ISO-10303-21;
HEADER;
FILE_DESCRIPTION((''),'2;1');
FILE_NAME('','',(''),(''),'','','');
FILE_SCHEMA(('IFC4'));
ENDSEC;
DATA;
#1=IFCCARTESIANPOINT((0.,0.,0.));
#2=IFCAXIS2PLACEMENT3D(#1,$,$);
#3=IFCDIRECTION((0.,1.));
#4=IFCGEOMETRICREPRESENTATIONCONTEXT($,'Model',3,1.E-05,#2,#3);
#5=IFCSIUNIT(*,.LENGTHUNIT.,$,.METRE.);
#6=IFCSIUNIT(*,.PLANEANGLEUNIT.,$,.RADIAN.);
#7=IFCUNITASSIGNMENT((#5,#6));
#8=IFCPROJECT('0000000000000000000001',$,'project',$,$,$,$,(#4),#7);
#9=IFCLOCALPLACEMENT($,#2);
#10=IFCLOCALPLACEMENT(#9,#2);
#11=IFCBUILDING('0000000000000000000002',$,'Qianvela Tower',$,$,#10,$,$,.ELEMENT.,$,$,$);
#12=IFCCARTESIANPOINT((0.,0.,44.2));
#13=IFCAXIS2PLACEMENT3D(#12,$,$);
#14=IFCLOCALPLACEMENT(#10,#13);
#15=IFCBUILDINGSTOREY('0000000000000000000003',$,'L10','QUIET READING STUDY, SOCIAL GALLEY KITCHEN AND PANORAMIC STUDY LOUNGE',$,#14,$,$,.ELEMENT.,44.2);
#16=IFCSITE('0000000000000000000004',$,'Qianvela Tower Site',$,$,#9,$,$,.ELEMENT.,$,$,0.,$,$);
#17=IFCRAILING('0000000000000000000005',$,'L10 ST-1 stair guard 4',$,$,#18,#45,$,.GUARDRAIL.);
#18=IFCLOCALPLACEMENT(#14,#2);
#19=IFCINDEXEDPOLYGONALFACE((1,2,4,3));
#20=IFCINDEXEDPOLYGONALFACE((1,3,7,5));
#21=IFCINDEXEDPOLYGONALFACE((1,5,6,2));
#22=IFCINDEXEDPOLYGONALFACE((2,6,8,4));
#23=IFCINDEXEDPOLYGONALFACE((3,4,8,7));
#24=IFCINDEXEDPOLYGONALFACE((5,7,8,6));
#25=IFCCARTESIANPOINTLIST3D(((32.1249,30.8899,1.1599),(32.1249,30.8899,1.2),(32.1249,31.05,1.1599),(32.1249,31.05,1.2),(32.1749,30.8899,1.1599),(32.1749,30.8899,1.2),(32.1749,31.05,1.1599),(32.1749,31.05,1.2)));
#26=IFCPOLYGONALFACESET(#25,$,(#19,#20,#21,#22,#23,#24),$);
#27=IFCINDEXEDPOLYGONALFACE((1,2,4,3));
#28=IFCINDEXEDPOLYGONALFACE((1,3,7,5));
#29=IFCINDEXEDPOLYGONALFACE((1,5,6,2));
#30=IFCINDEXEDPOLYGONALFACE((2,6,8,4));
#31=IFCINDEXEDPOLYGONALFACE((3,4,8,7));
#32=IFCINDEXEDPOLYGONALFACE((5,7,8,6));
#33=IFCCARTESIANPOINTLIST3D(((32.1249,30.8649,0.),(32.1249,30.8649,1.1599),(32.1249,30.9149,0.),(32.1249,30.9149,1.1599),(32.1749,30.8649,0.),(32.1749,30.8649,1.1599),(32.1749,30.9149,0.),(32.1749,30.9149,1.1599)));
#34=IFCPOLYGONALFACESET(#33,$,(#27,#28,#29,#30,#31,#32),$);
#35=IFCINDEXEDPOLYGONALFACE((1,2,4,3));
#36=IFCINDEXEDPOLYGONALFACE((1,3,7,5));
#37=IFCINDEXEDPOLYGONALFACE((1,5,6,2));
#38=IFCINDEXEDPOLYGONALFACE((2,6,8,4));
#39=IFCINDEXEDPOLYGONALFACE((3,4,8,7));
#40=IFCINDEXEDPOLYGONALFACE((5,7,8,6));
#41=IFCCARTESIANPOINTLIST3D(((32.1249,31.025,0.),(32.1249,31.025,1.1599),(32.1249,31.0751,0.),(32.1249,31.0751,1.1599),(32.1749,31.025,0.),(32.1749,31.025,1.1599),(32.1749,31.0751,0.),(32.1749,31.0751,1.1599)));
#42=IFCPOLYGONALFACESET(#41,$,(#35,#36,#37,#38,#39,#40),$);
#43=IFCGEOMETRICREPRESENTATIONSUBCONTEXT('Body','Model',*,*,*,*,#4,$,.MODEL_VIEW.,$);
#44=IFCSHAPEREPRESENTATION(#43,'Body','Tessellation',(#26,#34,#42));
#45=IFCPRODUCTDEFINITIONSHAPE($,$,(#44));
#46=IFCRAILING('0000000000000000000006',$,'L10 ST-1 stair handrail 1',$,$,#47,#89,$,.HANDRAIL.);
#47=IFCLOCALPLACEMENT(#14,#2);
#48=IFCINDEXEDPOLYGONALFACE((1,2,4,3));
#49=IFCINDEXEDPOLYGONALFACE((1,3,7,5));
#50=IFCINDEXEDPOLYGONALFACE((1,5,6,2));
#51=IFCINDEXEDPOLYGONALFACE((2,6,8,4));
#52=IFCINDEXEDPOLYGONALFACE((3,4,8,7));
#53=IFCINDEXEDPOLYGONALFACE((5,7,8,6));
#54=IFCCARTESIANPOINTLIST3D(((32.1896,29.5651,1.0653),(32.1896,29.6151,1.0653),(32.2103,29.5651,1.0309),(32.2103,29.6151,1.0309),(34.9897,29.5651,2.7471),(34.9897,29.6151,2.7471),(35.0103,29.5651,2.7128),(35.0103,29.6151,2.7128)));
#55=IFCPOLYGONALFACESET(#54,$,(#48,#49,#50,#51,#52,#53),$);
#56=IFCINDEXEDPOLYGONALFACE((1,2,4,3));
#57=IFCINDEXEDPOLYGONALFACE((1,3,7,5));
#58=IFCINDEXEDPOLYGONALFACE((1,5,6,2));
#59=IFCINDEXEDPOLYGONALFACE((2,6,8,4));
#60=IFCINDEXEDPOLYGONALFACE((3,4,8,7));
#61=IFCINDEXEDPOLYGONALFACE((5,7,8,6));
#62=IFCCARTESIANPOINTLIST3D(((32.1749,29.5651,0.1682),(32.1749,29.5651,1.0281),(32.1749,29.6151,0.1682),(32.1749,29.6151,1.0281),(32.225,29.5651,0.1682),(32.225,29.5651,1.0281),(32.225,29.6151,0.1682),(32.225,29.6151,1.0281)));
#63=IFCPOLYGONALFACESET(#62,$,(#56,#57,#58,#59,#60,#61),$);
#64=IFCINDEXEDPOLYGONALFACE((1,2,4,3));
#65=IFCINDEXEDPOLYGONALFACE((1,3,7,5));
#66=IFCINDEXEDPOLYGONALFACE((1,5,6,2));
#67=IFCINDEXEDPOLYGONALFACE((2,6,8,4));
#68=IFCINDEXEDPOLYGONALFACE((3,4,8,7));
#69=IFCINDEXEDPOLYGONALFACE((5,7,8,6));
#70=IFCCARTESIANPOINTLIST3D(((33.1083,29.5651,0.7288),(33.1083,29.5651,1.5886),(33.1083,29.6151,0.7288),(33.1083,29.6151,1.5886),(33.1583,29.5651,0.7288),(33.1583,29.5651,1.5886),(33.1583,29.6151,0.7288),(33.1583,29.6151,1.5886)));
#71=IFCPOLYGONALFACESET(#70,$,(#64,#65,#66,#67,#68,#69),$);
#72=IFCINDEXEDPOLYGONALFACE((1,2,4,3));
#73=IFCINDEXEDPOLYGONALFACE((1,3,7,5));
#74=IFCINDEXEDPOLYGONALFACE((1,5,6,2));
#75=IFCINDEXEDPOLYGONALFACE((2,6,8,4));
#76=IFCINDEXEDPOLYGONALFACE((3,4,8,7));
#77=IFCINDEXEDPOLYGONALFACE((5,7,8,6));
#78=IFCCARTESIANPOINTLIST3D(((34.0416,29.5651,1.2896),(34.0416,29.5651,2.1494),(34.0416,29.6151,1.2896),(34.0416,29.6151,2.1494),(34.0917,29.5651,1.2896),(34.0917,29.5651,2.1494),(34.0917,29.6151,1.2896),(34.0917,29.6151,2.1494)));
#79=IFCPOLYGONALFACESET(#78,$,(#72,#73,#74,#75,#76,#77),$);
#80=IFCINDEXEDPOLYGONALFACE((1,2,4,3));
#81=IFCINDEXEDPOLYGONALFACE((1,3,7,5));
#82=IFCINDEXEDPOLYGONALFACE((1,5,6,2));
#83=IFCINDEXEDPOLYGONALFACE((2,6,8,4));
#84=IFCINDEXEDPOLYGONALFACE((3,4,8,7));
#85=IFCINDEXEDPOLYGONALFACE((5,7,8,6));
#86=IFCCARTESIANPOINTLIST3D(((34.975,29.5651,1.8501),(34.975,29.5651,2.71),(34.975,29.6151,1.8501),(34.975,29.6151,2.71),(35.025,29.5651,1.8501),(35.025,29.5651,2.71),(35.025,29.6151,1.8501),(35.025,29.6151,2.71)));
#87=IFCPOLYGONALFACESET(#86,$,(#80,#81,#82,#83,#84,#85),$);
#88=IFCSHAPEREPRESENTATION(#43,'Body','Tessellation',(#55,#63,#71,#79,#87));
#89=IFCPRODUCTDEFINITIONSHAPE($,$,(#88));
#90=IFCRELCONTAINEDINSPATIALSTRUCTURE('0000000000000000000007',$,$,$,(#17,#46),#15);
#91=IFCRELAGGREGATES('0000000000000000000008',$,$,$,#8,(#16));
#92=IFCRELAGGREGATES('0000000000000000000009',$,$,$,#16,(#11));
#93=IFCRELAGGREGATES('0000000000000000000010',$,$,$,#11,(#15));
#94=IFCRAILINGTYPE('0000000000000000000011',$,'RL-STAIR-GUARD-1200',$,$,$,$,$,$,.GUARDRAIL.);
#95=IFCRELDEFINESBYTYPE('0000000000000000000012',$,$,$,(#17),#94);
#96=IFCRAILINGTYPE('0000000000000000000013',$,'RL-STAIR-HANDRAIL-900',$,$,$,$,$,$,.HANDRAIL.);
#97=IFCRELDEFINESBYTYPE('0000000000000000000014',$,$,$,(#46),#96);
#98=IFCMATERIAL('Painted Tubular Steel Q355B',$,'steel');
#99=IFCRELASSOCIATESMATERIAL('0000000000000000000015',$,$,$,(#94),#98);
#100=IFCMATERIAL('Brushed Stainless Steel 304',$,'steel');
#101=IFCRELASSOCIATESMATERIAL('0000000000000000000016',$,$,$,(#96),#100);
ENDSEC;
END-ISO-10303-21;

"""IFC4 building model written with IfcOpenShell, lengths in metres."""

from ifc_helpers import new_model, si_unit, direction, frame, origin, origin_2d, place, context, subcontext, project, spatial, rectangle, extrude, material, type_object, element, save


model = new_model("IFC4")

# Units and contexts
model_context = context("Model", 3, precision=1e-05, world=origin(), true_north=direction((0.0, 1.0)))
body_context = subcontext(model_context, "Body", "Model", "MODEL_VIEW")
ifc_project = project(units=[si_unit("LENGTHUNIT", "METRE"), si_unit("PLANEANGLEUNIT", "RADIAN")], contexts=[model_context])

# Site, building, storey
site_placement = place(None, origin())
site = spatial("IfcSite", under=ifc_project, at=site_placement, Name="Qianvela Tower Site", CompositionType="ELEMENT", RefElevation=0.0)
building_placement = place(site_placement, origin())
building = spatial("IfcBuilding", under=site, at=building_placement, Name="Qianvela Tower", CompositionType="ELEMENT")
storey_placement = place(building_placement, frame((0.0, 0.0, 44.2)))
storey = spatial("IfcBuildingStorey", under=building, at=storey_placement, Name="L10", Description="QUIET READING STUDY, SOCIAL GALLEY KITCHEN AND PANORAMIC STUDY LOUNGE", CompositionType="ELEMENT", Elevation=44.2)

# Railings
ifc_material_1 = material(Name="Painted Tubular Steel Q355B", Category="steel")
railing_type_1 = type_object("IfcRailingType", Name="RL-STAIR-GUARD-1200", PredefinedType="GUARDRAIL", material=ifc_material_1)
railing_1_placement = place(storey_placement, frame((32.1499, 30.8899, 0.0)))
element("IfcRailing", 1, at=railing_1_placement, inside=storey, type_object=railing_type_1, Name="L10 ST-1 stair guard 4", PredefinedType="GUARDRAIL", context=body_context, shape_type="SweptSolid", body=[
    extrude(rectangle(XDim=0.05, YDim=0.04, at=origin_2d()), frame((0.0, 0.0, 1.1799), z_axis=(0.0, 1.0, 0.0), x_axis=(-1.0, 0.0, 0.0)), (0.0, 0.0, 1.0), 0.1602),
    extrude(rectangle(XDim=0.05, YDim=0.05, at=origin_2d()), origin(), (0.0, 0.0, 1.0), 1.1599),
    extrude(rectangle(XDim=0.05, YDim=0.05, at=origin_2d()), frame((0.0, 0.1602, 0.0)), (0.0, 0.0, 1.0), 1.1599),
])
ifc_material_2 = material(Name="Brushed Stainless Steel 304", Category="steel")
railing_type_2 = type_object("IfcRailingType", Name="RL-STAIR-HANDRAIL-900", PredefinedType="HANDRAIL", material=ifc_material_2)
railing_2_placement = place(storey_placement, frame((32.2, 29.5901, 0.1682)))
element("IfcRailing", 2, at=railing_2_placement, inside=storey, type_object=railing_type_2, Name="L10 ST-1 stair handrail 1", PredefinedType="HANDRAIL", context=body_context, shape_type="SweptSolid", body=[
    extrude(rectangle(XDim=0.05, YDim=0.04, at=origin_2d()), frame((0.0, 0.0, 0.8799), z_axis=(0.857242, 0.0, 0.514913), x_axis=(0.0, 1.0, 0.0)), (0.0, 0.0, 1.0), 3.2664),
    extrude(rectangle(XDim=0.05, YDim=0.05, at=origin_2d()), origin(), (0.0, 0.0, 1.0), 0.8599),
    extrude(rectangle(XDim=0.05, YDim=0.05, at=origin_2d()), frame((0.9333, 0.0, 0.5605)), (0.0, 0.0, 1.0), 0.8599),
    extrude(rectangle(XDim=0.05, YDim=0.05, at=origin_2d()), frame((1.8667, 0.0, 1.1213)), (0.0, 0.0, 1.0), 0.8599),
    extrude(rectangle(XDim=0.05, YDim=0.05, at=origin_2d()), frame((2.8, 0.0, 1.6819)), (0.0, 0.0, 1.0), 0.8599),
])

save(model, "model.ifc")
